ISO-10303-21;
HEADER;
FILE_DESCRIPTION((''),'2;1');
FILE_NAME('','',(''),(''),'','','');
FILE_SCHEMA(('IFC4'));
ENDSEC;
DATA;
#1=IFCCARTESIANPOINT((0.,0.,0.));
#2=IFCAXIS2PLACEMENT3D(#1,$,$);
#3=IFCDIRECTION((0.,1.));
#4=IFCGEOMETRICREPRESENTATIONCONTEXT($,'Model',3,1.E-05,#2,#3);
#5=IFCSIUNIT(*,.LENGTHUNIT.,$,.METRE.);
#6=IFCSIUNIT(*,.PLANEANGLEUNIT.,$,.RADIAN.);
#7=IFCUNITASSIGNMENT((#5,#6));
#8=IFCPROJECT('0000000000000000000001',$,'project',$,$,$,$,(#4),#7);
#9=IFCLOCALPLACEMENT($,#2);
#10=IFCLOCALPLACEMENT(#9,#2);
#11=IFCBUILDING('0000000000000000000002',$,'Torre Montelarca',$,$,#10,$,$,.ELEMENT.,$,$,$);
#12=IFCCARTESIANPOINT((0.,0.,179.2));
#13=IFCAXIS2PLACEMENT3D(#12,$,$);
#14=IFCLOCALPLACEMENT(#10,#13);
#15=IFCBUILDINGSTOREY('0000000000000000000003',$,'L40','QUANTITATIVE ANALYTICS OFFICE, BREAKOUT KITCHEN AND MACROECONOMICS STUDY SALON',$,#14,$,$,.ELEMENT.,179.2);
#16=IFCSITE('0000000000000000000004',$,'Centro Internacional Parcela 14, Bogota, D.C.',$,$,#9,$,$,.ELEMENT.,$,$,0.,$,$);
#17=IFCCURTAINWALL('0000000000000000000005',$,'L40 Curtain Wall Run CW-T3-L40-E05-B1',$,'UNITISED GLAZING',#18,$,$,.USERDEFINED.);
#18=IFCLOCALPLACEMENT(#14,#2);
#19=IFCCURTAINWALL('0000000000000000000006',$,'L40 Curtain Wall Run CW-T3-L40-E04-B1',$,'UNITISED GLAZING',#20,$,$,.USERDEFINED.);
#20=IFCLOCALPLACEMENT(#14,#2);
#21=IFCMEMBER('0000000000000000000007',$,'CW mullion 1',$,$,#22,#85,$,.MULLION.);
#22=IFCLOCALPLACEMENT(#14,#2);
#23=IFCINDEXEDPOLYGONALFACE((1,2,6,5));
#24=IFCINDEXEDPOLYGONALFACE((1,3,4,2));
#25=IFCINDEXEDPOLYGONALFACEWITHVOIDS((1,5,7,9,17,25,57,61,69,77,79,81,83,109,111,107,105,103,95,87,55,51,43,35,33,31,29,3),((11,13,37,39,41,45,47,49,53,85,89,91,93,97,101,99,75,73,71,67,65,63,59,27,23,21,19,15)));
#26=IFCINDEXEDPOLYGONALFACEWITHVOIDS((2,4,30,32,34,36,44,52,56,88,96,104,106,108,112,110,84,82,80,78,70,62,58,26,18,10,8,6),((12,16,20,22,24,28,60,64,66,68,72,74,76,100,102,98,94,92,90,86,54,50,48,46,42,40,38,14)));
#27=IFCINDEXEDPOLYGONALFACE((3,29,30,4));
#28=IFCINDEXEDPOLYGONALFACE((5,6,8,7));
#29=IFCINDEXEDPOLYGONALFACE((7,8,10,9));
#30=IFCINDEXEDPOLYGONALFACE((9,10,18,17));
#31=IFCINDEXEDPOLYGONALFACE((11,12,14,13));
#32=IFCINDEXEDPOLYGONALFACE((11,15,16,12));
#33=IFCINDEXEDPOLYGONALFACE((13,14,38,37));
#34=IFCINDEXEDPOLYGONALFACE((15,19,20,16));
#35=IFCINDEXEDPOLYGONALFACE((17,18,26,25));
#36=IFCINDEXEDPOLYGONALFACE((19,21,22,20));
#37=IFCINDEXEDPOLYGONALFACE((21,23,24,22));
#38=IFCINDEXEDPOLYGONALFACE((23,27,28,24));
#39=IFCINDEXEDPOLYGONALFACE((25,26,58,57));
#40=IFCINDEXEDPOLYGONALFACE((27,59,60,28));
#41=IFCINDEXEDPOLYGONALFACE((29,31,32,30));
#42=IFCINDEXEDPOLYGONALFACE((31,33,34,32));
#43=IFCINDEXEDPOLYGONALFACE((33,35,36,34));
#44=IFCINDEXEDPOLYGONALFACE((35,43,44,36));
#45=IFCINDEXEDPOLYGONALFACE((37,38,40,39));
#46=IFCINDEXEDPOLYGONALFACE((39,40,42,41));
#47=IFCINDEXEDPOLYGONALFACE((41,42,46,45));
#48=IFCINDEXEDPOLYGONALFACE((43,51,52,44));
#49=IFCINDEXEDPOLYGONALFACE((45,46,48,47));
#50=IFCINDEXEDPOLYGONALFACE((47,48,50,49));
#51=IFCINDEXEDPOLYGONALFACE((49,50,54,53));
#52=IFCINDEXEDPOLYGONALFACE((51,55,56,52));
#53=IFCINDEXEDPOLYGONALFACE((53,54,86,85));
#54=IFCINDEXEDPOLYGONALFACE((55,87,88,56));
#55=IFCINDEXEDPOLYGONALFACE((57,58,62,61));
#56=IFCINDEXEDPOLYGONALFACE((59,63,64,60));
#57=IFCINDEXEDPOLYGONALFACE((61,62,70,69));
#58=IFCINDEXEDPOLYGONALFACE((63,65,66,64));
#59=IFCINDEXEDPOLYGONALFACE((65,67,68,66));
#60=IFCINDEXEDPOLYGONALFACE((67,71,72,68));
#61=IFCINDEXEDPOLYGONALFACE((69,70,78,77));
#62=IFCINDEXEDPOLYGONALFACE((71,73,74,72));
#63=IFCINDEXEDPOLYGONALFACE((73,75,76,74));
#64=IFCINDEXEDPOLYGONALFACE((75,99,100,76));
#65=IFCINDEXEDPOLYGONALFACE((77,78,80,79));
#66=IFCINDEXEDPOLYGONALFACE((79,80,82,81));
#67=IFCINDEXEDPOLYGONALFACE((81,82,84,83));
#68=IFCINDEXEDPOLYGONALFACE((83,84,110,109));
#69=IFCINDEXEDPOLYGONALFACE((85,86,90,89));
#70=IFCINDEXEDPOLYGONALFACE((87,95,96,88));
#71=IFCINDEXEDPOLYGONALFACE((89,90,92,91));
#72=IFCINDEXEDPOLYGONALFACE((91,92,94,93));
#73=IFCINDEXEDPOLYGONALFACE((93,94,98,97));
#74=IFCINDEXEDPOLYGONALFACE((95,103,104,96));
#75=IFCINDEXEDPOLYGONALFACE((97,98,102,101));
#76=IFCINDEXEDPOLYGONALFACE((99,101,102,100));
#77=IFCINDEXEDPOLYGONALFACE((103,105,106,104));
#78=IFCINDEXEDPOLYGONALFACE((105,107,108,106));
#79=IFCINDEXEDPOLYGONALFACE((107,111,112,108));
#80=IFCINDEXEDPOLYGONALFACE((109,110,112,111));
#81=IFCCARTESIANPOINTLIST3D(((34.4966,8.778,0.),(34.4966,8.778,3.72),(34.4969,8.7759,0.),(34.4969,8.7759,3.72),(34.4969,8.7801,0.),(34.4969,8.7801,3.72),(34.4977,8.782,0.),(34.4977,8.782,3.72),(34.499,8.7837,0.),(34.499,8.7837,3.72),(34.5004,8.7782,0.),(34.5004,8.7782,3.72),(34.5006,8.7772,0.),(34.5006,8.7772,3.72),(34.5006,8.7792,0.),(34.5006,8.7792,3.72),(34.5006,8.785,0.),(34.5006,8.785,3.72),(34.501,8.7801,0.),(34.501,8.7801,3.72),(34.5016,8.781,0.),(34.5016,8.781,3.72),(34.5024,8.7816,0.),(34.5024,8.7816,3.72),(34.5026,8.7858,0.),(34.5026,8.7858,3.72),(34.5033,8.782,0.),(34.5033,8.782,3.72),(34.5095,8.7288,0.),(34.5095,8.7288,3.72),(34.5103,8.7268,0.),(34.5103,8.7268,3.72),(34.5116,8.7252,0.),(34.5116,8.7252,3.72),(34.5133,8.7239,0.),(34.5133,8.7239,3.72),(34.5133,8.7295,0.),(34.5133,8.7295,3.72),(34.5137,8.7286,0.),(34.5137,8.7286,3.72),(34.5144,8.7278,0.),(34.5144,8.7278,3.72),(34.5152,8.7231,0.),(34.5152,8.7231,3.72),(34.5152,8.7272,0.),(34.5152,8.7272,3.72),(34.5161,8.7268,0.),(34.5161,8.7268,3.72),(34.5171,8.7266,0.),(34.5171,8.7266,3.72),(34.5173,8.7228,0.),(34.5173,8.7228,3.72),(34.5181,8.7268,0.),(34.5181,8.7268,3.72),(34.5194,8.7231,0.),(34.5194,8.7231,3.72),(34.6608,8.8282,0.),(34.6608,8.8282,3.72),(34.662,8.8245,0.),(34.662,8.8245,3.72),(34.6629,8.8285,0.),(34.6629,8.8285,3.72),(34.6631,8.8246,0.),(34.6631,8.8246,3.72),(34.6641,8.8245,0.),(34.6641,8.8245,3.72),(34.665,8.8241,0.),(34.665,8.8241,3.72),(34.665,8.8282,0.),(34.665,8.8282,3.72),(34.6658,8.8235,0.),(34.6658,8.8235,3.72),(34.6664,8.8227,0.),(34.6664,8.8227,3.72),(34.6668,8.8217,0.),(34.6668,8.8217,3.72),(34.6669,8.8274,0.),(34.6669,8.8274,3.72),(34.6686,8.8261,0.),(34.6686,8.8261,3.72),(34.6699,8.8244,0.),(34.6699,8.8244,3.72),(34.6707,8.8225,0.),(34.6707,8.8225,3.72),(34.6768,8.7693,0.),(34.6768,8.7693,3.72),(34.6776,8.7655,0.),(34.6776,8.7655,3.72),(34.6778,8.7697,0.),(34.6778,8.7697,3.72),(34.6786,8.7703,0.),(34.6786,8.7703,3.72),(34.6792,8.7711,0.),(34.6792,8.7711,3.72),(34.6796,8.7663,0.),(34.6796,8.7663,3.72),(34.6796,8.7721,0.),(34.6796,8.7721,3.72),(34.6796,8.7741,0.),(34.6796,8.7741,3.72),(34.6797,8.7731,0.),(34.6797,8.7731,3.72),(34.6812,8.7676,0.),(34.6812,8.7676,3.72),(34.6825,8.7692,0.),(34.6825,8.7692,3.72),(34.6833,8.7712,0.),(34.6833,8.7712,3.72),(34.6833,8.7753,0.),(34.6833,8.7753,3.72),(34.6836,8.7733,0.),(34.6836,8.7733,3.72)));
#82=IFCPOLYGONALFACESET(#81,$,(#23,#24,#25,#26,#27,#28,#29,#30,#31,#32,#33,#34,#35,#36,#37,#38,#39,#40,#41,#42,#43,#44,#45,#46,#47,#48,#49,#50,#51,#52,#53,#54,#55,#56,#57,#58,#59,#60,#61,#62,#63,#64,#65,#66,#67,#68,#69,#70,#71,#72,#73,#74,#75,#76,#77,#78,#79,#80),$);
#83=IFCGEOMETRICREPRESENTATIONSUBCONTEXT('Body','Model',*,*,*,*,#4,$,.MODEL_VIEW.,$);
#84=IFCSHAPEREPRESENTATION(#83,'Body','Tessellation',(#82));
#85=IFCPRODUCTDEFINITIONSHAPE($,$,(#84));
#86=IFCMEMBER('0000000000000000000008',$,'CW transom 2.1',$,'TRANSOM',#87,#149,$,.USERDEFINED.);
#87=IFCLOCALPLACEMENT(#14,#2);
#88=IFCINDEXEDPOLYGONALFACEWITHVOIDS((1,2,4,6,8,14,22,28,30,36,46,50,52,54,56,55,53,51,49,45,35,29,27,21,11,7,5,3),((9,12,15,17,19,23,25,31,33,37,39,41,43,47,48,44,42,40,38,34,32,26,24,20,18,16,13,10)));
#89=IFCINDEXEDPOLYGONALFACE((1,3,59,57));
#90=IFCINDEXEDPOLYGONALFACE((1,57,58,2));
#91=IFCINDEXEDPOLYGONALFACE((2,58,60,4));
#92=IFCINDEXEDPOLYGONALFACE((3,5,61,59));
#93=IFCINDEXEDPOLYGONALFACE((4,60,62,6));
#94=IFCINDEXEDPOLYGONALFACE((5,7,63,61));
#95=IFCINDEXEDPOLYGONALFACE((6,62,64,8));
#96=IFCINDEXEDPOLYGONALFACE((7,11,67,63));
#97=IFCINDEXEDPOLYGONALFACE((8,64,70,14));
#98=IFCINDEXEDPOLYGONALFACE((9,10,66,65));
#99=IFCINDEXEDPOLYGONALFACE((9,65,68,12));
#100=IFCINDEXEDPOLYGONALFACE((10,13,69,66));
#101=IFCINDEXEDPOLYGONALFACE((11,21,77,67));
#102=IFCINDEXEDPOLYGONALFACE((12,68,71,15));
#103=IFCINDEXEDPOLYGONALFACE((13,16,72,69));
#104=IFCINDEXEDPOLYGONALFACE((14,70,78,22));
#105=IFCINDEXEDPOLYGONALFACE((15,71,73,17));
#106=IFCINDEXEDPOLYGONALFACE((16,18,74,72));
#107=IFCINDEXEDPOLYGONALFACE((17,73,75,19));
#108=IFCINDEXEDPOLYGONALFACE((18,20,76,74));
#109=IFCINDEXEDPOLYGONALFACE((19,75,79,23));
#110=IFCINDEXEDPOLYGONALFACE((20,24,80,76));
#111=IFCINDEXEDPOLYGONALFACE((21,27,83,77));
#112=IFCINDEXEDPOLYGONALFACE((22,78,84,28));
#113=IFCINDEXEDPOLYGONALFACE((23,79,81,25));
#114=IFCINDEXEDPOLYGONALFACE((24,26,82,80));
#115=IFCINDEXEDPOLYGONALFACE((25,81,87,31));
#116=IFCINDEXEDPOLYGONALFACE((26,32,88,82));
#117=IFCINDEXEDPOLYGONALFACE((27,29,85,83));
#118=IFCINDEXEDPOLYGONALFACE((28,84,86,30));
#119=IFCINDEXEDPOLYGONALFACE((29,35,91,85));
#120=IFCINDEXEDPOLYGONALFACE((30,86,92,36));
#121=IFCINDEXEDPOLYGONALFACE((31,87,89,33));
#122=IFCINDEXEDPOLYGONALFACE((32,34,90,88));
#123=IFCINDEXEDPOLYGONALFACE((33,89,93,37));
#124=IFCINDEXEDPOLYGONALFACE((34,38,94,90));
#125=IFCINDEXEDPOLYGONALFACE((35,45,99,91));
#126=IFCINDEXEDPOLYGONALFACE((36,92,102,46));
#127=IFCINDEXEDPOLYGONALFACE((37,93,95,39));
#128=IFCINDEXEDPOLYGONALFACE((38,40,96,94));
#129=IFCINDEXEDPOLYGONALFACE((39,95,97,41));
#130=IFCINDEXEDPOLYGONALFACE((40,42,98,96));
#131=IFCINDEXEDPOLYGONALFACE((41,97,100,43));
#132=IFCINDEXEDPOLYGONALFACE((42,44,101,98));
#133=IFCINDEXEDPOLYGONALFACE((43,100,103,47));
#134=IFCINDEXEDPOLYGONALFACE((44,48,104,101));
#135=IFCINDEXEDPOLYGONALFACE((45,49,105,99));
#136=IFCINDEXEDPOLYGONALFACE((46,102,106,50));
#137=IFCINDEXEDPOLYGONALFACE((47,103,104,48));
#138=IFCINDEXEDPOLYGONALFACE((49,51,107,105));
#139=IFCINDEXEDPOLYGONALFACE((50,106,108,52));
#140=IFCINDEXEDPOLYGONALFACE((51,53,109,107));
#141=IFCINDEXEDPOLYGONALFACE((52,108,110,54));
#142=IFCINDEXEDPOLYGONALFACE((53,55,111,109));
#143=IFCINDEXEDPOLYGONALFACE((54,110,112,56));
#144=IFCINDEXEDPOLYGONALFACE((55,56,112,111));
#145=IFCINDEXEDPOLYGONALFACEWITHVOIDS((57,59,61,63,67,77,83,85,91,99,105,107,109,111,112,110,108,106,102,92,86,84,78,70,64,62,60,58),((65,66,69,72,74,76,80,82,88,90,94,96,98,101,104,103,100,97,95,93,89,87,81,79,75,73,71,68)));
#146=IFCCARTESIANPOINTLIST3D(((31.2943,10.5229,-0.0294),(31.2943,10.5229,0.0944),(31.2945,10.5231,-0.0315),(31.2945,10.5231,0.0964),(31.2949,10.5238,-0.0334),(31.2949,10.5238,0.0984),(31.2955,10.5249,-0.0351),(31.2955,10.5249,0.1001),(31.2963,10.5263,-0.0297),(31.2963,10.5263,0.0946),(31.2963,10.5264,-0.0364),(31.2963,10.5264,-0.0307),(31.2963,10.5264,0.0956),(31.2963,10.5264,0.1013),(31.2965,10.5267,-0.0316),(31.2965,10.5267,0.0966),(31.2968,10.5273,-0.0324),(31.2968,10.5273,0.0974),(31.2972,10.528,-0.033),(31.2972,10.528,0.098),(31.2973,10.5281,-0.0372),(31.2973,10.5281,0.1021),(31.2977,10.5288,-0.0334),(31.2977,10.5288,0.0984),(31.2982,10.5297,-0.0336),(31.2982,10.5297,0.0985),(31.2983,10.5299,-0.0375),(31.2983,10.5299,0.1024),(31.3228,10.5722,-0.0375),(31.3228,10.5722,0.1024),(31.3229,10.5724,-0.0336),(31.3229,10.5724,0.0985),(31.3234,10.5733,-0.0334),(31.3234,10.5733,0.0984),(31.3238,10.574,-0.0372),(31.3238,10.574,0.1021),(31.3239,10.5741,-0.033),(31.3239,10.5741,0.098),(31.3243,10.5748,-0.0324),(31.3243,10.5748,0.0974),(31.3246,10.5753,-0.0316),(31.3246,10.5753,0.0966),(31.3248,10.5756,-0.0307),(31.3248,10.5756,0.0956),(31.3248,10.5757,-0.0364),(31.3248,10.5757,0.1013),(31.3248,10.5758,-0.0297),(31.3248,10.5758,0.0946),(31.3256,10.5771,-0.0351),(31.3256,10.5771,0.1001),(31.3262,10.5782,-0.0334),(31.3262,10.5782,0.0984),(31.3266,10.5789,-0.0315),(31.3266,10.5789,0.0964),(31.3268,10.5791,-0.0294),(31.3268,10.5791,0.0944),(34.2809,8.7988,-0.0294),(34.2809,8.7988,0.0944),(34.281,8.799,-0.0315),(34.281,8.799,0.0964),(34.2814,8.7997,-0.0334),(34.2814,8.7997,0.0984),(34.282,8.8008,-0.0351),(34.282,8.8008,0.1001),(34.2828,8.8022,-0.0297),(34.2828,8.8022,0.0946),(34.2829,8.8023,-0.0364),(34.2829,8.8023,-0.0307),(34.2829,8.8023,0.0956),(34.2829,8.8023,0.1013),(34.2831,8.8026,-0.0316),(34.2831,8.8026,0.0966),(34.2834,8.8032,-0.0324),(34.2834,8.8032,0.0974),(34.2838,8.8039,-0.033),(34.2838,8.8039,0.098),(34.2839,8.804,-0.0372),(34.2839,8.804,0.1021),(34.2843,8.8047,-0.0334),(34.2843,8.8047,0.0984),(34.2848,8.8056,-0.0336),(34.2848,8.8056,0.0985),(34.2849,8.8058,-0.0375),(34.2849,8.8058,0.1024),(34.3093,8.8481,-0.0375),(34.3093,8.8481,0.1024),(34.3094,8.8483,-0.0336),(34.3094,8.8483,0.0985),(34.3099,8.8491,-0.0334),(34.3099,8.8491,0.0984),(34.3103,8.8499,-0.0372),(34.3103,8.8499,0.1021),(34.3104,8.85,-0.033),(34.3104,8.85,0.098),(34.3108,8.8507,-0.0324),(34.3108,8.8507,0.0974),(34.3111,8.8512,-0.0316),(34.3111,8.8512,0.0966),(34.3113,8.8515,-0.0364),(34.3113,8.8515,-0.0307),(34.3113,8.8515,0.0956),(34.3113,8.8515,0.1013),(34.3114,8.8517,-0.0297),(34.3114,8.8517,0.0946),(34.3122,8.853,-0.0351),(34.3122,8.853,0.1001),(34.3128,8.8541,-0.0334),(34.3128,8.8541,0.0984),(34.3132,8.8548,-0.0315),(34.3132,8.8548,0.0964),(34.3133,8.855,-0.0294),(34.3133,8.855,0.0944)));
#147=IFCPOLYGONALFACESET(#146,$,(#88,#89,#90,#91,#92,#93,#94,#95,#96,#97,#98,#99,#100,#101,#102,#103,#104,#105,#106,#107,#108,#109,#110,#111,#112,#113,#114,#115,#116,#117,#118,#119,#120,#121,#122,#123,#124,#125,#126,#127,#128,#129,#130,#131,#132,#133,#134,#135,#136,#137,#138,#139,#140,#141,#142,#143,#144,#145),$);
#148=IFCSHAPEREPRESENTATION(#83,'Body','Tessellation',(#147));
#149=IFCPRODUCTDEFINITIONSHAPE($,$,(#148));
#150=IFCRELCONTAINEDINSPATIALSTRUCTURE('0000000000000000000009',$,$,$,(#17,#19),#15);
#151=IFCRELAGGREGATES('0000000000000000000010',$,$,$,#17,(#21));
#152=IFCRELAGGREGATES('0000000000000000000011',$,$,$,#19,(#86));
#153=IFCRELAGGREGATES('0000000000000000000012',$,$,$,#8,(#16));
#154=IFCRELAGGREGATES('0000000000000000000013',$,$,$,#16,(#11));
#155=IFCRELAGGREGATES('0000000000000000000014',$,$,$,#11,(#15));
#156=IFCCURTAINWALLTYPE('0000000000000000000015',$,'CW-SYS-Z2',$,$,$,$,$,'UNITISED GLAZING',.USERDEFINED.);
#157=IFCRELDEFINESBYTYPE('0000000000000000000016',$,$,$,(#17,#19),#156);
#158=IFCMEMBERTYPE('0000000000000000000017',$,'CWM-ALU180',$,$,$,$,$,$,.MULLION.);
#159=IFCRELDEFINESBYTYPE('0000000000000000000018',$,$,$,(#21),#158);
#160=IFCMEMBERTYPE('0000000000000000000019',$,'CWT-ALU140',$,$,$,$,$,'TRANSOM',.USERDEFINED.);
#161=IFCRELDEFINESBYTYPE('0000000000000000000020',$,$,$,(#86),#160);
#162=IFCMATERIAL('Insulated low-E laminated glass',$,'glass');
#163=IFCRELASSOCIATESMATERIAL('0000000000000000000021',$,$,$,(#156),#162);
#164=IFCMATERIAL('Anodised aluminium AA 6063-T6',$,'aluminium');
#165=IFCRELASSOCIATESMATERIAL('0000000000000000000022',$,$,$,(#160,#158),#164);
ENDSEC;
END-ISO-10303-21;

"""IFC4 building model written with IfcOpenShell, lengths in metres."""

from ifc_helpers import new_model, si_unit, direction, frame, origin, origin_2d, place, context, subcontext, project, spatial, hollow_rectangle, extrude, source, transform, mapped, material, material_profile, profile_set, type_object, element, aggregate, save


model = new_model("IFC4")

# Units and contexts
model_context = context("Model", 3, precision=1e-05, world=origin(), true_north=direction((0.0, 1.0)))
body_context = subcontext(model_context, "Body", "Model", "MODEL_VIEW")
ifc_project = project(units=[si_unit("LENGTHUNIT", "METRE"), si_unit("PLANEANGLEUNIT", "RADIAN")], contexts=[model_context])

# Site, building, storey
site_placement = place(None, origin())
site = spatial("IfcSite", under=ifc_project, at=site_placement, Name="Centro Internacional Parcela 14, Bogota, D.C.", CompositionType="ELEMENT", RefElevation=0.0)
building_placement = place(site_placement, origin())
building = spatial("IfcBuilding", under=site, at=building_placement, Name="Torre Montelarca", CompositionType="ELEMENT")
storey_placement = place(building_placement, frame((0.0, 0.0, 179.2)))
storey = spatial("IfcBuildingStorey", under=building, at=storey_placement, Name="L40", Description="QUANTITATIVE ANALYTICS OFFICE, BREAKOUT KITCHEN AND MACROECONOMICS STUDY SALON", CompositionType="ELEMENT", Elevation=179.2)

# Shared definitions
ifc_material_1 = material(Name="Insulated low-E laminated glass", Category="glass")
curtain_wall_type = type_object("IfcCurtainWallType", Name="CW-SYS-Z2", ElementType="UNITISED GLAZING", PredefinedType="USERDEFINED", material=ifc_material_1)
ifc_material_2 = material(Name="Anodised aluminium AA 6063-T6", Category="aluminium")
ifc_material_profile_1 = material_profile(ifc_material_2, hollow_rectangle(XDim=0.0649, YDim=0.1399, WallThickness=0.0039, InnerFilletRadius=0.0039, OuterFilletRadius=0.0081, at=origin_2d()), Name="ALU65X140X4", Category="aluminium")
ifc_profile_set_1 = profile_set([ifc_material_profile_1], Name="Anodised aluminium AA 6063-T6")
member_type_1 = type_object("IfcMemberType", Name="CWT-ALU140", ElementType="TRANSOM", PredefinedType="USERDEFINED", material=ifc_profile_set_1)

# Curtain wall
curtain_wall_1_placement = place(storey_placement, origin())
curtain_wall_1 = element("IfcCurtainWall", 1, at=curtain_wall_1_placement, inside=storey, type_object=curtain_wall_type, Name="L40 Curtain Wall Run CW-T3-L40-E05-B1", ObjectType="UNITISED GLAZING", PredefinedType="USERDEFINED")

# Shared definitions
ifc_material_profile_2 = material_profile(ifc_material_2, hollow_rectangle(XDim=0.0649, YDim=0.1799, WallThickness=0.0039, InnerFilletRadius=0.0039, OuterFilletRadius=0.0081, at=origin_2d()), Name="ALU65X180X4", Category="aluminium")
ifc_profile_set_2 = profile_set([ifc_material_profile_2], Name="Anodised aluminium AA 6063-T6")
member_type_2 = type_object("IfcMemberType", Name="CWM-ALU180", PredefinedType="MULLION", material=ifc_profile_set_2)
shared_shape_1 = source(origin(), body_context, "Body", "SweptSolid", [
    extrude(hollow_rectangle(XDim=0.0649, YDim=0.1799, WallThickness=0.0039, InnerFilletRadius=0.0039, OuterFilletRadius=0.0081, at=origin_2d()), origin(), (0.0, 0.0, 1.0), 3.72),
])

# Curtain wall
curtain_wall_2_placement = place(storey_placement, origin())
curtain_wall_2 = element("IfcCurtainWall", 2, at=curtain_wall_2_placement, inside=storey, type_object=curtain_wall_type, Name="L40 Curtain Wall Run CW-T3-L40-E04-B1", ObjectType="UNITISED GLAZING", PredefinedType="USERDEFINED")

# Members
member_1_placement = place(storey_placement, frame((34.5901, 8.7756, 0.0), z_axis=(0.0, 0.0, 1.0), x_axis=(-0.258829, 0.965923, 0.0)))
member_1 = element("IfcMember", 3, at=member_1_placement, type_object=member_type_2, Name="CW mullion 1", PredefinedType="MULLION", context=body_context, shape_type="MappedRepresentation", body=[
    mapped(shared_shape_1, transform((0.0, 0.0, 0.0), scale=1.0)),
])
aggregate(curtain_wall_1, [member_1])
shared_shape_2 = source(origin(), body_context, "Body", "SweptSolid", [
    extrude(hollow_rectangle(XDim=0.0649, YDim=0.1399, WallThickness=0.0039, InnerFilletRadius=0.0039, OuterFilletRadius=0.0081, at=origin_2d()), origin(), (0.0, 0.0, 1.0), 3.4485),
])
member_2_placement = place(storey_placement, frame((31.3105, 10.551, 0.0325), z_axis=(0.866048, -0.499961, 0.0), x_axis=(0.499961, 0.866048, 0.0)))
member_2 = element("IfcMember", 4, at=member_2_placement, type_object=member_type_1, Name="CW transom 2.1", ObjectType="TRANSOM", PredefinedType="USERDEFINED", context=body_context, shape_type="MappedRepresentation", body=[
    mapped(shared_shape_2, transform((0.0, 0.0, 0.0), scale=1.0)),
])

aggregate(curtain_wall_2, [member_2])

save(model, "model.ifc")
